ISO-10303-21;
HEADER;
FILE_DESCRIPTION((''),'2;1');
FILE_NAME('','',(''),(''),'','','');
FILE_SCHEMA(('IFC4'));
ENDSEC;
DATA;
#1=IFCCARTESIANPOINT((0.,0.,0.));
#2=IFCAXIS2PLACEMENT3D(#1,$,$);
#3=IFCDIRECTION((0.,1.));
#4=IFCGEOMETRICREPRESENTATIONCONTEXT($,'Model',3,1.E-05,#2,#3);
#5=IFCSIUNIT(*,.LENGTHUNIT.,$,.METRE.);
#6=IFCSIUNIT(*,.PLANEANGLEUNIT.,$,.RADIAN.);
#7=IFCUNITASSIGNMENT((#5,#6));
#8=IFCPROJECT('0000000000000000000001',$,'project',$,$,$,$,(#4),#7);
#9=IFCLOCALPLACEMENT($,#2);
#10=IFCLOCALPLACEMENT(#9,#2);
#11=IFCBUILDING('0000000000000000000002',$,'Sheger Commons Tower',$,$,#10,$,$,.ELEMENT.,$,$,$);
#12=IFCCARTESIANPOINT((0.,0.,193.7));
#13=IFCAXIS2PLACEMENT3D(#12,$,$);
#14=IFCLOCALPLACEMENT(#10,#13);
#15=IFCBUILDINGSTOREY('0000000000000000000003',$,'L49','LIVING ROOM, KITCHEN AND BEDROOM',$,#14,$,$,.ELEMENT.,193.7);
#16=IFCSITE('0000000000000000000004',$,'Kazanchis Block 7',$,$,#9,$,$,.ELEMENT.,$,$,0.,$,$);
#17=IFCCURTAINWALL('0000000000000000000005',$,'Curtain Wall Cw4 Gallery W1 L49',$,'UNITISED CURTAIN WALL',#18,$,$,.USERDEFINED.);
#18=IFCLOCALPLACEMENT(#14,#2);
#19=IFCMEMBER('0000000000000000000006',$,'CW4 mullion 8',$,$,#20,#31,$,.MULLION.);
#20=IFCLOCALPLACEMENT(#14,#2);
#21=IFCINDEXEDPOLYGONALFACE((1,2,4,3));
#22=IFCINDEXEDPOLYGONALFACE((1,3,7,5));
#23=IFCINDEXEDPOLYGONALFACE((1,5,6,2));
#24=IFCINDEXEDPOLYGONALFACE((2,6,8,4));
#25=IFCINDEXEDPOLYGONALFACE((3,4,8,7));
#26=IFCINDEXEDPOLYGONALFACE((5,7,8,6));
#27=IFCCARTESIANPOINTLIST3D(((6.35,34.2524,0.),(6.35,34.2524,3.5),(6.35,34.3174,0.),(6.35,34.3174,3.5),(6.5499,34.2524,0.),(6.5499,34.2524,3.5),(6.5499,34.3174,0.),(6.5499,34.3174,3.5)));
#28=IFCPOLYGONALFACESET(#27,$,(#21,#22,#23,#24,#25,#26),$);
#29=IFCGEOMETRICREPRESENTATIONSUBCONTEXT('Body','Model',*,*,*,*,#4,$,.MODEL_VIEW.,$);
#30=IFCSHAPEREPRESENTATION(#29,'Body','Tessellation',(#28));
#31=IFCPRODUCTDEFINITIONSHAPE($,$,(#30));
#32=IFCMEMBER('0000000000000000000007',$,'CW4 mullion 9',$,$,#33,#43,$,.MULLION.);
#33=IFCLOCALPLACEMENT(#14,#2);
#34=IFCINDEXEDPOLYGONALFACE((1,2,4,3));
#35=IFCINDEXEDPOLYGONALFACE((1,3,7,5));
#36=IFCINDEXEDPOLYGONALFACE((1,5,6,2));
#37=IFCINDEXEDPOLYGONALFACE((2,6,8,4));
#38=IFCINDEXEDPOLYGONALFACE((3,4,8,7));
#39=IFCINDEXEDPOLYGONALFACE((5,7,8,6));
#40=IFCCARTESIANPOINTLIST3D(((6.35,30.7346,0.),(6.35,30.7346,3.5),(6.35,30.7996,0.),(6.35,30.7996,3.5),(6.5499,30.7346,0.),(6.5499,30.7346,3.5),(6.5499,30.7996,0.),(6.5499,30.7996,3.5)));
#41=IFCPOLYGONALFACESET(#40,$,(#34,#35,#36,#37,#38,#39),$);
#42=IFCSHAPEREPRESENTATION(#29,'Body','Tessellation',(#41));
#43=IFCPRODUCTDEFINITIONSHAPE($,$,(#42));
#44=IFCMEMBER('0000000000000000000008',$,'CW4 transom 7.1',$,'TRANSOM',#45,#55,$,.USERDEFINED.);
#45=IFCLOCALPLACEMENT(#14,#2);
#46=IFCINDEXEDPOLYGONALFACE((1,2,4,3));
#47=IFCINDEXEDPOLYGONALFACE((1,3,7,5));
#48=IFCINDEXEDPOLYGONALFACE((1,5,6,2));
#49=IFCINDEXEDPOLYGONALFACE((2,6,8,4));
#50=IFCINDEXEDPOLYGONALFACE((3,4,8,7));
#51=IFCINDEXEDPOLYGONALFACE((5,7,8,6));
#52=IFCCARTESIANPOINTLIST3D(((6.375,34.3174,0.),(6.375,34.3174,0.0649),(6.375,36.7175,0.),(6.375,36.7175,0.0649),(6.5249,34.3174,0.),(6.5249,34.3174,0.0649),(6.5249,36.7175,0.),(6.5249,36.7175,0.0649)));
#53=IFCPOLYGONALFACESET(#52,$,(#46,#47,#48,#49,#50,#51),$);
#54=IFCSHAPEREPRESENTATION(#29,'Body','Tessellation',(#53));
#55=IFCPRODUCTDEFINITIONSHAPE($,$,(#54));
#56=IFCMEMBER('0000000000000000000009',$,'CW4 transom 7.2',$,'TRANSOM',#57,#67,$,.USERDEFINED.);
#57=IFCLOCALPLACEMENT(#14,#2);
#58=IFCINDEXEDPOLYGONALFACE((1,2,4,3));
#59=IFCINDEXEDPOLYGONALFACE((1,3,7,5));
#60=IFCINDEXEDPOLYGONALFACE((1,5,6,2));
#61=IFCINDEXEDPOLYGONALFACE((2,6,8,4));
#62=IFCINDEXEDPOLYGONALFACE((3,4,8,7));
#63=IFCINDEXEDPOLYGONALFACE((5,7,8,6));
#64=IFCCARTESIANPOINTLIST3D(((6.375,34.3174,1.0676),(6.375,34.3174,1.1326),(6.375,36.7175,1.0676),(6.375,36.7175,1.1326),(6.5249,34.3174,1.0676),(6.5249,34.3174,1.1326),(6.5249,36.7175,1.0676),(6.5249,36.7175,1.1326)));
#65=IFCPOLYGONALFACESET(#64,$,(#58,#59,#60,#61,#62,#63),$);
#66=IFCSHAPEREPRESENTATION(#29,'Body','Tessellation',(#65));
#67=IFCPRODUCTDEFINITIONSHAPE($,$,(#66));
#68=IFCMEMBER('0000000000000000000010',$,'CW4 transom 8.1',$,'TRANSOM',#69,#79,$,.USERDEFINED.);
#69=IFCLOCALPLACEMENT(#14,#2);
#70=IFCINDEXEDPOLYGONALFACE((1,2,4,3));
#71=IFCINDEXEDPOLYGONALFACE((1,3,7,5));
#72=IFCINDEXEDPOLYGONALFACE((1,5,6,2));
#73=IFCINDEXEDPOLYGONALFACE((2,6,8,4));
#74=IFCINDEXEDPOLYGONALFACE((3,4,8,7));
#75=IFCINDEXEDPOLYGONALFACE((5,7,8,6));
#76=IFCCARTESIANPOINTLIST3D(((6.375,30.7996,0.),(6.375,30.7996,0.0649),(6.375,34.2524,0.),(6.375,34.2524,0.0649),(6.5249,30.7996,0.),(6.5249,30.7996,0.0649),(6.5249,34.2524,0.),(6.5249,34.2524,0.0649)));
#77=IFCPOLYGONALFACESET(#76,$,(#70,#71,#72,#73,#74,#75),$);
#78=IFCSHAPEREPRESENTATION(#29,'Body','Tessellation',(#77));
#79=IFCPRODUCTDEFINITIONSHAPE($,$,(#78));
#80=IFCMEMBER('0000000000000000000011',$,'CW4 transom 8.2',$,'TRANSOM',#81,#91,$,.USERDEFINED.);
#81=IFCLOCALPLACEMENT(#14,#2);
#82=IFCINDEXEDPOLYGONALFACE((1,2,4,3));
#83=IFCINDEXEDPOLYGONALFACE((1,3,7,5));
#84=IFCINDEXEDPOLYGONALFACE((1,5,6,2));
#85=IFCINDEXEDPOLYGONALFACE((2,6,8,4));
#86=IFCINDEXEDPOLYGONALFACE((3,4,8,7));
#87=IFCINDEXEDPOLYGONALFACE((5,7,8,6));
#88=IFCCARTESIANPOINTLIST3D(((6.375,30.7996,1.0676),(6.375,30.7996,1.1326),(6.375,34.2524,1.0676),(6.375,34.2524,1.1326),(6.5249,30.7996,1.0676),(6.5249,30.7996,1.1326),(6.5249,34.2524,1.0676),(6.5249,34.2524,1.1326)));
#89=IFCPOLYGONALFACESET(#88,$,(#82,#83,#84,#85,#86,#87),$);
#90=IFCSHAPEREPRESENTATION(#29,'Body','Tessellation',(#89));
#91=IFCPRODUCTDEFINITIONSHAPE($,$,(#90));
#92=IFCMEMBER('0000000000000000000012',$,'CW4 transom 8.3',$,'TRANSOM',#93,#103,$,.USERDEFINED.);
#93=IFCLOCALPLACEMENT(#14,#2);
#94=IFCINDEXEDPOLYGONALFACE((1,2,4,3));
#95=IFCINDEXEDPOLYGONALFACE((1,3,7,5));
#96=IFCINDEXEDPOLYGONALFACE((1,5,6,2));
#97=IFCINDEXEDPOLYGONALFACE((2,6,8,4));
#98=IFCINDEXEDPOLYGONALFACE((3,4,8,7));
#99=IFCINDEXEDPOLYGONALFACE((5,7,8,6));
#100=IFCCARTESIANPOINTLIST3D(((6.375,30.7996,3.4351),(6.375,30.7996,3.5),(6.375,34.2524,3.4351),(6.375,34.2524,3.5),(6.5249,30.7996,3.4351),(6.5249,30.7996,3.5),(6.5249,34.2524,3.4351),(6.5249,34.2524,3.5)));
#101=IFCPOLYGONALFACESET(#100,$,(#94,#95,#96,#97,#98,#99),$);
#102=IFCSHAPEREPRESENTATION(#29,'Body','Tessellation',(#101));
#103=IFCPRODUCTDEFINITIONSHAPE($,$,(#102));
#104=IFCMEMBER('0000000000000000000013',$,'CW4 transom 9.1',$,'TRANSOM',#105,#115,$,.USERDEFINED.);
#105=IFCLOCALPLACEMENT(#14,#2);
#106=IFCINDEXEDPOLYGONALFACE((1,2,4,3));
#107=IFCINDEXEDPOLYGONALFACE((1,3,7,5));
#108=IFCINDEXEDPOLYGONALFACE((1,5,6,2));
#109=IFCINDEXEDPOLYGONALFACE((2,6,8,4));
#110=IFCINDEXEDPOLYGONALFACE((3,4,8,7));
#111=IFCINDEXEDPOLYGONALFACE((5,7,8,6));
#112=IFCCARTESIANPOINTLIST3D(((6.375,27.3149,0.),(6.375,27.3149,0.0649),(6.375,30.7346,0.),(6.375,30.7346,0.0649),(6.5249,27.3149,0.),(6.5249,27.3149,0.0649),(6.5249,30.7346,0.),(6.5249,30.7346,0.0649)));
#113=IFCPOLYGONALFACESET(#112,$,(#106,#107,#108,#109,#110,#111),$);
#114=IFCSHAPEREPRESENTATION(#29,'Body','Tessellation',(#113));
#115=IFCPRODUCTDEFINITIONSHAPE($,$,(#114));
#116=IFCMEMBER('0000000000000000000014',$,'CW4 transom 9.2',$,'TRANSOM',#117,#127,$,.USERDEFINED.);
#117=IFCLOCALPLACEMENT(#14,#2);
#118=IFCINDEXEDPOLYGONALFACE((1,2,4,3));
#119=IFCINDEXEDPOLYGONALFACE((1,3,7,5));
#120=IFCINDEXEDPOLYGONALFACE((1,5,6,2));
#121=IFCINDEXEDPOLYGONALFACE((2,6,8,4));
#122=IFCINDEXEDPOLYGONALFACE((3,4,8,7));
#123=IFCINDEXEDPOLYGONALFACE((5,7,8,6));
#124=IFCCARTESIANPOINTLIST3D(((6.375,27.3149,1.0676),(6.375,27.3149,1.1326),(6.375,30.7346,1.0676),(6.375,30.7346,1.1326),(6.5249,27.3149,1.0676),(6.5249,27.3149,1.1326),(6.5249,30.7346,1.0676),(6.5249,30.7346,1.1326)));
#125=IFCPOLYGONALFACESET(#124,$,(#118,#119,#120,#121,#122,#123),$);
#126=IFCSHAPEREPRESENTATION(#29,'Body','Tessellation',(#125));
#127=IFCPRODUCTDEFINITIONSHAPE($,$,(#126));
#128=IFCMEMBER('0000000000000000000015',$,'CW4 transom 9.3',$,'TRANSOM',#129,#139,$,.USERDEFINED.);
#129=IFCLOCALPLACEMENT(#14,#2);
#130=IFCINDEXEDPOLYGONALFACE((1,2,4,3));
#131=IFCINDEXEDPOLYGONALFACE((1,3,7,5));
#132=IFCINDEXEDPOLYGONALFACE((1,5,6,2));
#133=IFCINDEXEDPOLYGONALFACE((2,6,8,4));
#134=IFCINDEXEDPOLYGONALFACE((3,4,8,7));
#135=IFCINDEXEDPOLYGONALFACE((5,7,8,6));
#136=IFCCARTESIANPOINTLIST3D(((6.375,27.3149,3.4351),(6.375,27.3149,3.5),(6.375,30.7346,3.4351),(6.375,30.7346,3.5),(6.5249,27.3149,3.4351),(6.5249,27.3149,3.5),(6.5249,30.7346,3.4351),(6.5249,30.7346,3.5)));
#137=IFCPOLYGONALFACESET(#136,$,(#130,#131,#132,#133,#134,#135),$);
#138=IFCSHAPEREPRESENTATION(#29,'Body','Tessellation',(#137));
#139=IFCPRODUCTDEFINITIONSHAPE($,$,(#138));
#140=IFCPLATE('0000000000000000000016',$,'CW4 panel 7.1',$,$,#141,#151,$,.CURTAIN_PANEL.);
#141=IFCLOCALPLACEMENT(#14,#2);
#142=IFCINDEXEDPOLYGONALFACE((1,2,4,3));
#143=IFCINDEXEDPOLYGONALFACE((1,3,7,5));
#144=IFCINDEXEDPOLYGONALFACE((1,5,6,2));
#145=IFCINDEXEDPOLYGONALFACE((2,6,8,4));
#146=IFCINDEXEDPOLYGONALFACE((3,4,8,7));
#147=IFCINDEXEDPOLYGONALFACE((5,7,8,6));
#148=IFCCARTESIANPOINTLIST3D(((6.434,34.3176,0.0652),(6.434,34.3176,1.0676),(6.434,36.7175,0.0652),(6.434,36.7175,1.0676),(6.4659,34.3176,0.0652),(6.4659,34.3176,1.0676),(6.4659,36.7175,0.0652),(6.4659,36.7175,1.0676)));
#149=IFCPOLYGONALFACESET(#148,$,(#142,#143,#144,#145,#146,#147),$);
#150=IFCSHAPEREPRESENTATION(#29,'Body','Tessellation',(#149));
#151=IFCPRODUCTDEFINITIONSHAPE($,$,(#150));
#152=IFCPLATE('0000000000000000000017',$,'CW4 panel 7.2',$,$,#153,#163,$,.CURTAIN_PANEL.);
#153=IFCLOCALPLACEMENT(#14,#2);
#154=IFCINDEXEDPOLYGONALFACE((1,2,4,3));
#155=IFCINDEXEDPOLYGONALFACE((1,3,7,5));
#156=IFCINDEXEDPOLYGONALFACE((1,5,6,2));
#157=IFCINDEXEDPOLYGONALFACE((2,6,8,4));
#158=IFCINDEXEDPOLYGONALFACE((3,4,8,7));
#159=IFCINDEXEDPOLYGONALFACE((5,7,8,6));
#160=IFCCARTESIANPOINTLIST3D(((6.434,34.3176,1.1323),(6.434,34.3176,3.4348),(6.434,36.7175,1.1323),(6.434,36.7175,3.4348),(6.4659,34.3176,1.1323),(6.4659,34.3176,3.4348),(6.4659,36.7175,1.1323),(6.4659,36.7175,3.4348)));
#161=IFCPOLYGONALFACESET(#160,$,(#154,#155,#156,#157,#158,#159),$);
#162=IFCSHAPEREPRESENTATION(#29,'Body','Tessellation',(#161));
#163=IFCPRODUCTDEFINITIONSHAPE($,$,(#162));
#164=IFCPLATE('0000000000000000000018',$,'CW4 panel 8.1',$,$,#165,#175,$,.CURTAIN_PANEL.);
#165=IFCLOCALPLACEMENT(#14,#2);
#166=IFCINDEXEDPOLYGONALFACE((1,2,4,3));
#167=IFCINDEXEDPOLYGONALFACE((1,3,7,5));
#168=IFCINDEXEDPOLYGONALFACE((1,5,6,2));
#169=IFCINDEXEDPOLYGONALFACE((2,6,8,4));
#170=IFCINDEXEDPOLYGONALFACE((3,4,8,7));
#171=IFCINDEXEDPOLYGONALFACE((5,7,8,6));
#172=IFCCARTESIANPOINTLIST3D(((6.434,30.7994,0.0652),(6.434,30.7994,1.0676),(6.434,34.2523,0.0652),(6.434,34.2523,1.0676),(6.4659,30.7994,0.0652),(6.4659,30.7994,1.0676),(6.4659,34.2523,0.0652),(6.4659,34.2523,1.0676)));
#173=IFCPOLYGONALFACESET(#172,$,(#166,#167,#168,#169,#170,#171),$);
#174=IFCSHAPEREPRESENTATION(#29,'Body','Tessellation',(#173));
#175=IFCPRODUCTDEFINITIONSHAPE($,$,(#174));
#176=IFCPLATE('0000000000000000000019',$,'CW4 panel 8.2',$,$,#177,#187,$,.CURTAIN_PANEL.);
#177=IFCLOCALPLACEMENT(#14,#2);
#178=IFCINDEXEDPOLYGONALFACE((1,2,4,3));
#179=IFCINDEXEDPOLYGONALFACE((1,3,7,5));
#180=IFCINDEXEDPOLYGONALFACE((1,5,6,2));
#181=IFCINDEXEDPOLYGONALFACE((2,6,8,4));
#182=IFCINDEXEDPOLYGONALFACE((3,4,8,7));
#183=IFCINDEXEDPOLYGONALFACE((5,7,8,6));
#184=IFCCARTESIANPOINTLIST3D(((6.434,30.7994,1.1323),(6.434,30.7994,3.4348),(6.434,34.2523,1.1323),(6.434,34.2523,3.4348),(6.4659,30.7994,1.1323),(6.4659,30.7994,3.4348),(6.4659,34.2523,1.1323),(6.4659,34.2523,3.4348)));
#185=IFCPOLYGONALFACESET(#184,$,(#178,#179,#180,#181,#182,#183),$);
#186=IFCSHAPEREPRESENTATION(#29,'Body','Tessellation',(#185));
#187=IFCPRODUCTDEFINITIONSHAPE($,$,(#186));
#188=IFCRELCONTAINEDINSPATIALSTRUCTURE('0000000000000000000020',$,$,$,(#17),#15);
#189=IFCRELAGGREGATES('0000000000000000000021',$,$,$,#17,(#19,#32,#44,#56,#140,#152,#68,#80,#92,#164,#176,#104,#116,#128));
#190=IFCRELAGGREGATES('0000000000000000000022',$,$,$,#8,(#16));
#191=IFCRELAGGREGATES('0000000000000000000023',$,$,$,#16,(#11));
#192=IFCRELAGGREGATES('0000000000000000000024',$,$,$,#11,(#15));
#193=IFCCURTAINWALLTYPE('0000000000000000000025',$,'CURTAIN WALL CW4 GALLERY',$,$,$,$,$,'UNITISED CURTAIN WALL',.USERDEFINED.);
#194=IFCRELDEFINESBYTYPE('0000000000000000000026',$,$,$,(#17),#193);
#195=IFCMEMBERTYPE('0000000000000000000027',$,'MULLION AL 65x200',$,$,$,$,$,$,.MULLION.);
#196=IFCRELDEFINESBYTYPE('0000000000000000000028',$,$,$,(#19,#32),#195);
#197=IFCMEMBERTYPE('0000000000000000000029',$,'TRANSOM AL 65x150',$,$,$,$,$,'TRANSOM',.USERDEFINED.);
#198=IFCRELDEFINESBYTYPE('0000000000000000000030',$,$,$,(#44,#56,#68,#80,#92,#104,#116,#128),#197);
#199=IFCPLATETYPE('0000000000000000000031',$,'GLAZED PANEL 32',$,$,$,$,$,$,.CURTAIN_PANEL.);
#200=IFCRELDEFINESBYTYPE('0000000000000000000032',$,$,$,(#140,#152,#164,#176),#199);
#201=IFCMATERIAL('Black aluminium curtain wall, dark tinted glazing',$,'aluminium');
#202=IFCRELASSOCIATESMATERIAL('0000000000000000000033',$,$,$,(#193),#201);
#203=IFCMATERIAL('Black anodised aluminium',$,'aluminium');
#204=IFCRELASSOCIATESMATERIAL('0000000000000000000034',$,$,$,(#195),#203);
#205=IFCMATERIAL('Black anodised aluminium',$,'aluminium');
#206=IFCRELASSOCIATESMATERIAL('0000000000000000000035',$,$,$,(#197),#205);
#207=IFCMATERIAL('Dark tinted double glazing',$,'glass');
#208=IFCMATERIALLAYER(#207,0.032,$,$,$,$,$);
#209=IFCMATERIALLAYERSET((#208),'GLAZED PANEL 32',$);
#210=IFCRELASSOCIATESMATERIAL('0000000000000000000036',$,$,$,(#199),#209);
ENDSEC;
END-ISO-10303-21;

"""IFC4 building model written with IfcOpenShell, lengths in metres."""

from ifc_helpers import new_model, si_unit, direction, frame, origin, origin_2d, place, context, subcontext, project, spatial, rectangle, extrude, material, layer, layer_set, material_profile, profile_set, type_object, element, aggregate, save


model = new_model("IFC4")

# Units and contexts
model_context = context("Model", 3, precision=1e-05, world=origin(), true_north=direction((0.0, 1.0)))
body_context = subcontext(model_context, "Body", "Model", "MODEL_VIEW")
ifc_project = project(units=[si_unit("LENGTHUNIT", "METRE"), si_unit("PLANEANGLEUNIT", "RADIAN")], contexts=[model_context])

# Site, building, storey
site_placement = place(None, origin())
site = spatial("IfcSite", under=ifc_project, at=site_placement, Name="Kazanchis Block 7", CompositionType="ELEMENT", RefElevation=0.0)
building_placement = place(site_placement, origin())
building = spatial("IfcBuilding", under=site, at=building_placement, Name="Sheger Commons Tower", CompositionType="ELEMENT")
storey_placement = place(building_placement, frame((0.0, 0.0, 193.7)))
storey = spatial("IfcBuildingStorey", under=building, at=storey_placement, Name="L49", Description="LIVING ROOM, KITCHEN AND BEDROOM", CompositionType="ELEMENT", Elevation=193.7)

# Curtain wall, members, plates
ifc_material_1 = material(Name="Black aluminium curtain wall, dark tinted glazing", Category="aluminium")
curtain_wall_type = type_object("IfcCurtainWallType", Name="CURTAIN WALL CW4 GALLERY", ElementType="UNITISED CURTAIN WALL", PredefinedType="USERDEFINED", material=ifc_material_1)
curtain_wall_placement = place(storey_placement, origin())
curtain_wall = element("IfcCurtainWall", 1, at=curtain_wall_placement, inside=storey, type_object=curtain_wall_type, Name="Curtain Wall Cw4 Gallery W1 L49", ObjectType="UNITISED CURTAIN WALL", PredefinedType="USERDEFINED")
ifc_material_2 = material(Name="Black anodised aluminium", Category="aluminium")
ifc_material_profile_1 = material_profile(ifc_material_2, rectangle(XDim=0.2, YDim=0.0649, at=origin_2d()), Name="AL 65x200")
ifc_profile_set_1 = profile_set([ifc_material_profile_1], Name="Black anodised aluminium")
member_type_1 = type_object("IfcMemberType", Name="MULLION AL 65x200", PredefinedType="MULLION", material=ifc_profile_set_1)
member_1_placement = place(storey_placement, frame((6.45, 34.2849, 0.0), z_axis=(0.0, 0.0, 1.0), x_axis=(1.0, 0.0, 0.0)))
member_1 = element("IfcMember", 2, at=member_1_placement, type_object=member_type_1, Name="CW4 mullion 8", PredefinedType="MULLION", context=body_context, shape_type="SweptSolid", body=[
    extrude(rectangle(XDim=0.2, YDim=0.0649, at=origin_2d()), origin(), (0.0, 0.0, 1.0), 3.5),
])
member_2_placement = place(storey_placement, frame((6.45, 30.7671, 0.0), z_axis=(0.0, 0.0, 1.0), x_axis=(1.0, 0.0, 0.0)))
member_2 = element("IfcMember", 3, at=member_2_placement, type_object=member_type_1, Name="CW4 mullion 9", PredefinedType="MULLION", context=body_context, shape_type="SweptSolid", body=[
    extrude(rectangle(XDim=0.2, YDim=0.0649, at=origin_2d()), origin(), (0.0, 0.0, 1.0), 3.5),
])
ifc_material_3 = material(Name="Black anodised aluminium", Category="aluminium")
ifc_material_profile_2 = material_profile(ifc_material_3, rectangle(XDim=0.1499, YDim=0.0649, at=origin_2d()), Name="AL 65x150")
ifc_profile_set_2 = profile_set([ifc_material_profile_2], Name="Black anodised aluminium")
member_type_2 = type_object("IfcMemberType", Name="TRANSOM AL 65x150", ElementType="TRANSOM", PredefinedType="USERDEFINED", material=ifc_profile_set_2)
member_3_placement = place(storey_placement, frame((6.45, 36.7175, 0.0325), z_axis=(0.0, -1.0, 0.0), x_axis=(1.0, 0.0, 0.0)))
member_3 = element("IfcMember", 4, at=member_3_placement, type_object=member_type_2, Name="CW4 transom 7.1", ObjectType="TRANSOM", PredefinedType="USERDEFINED", context=body_context, shape_type="SweptSolid", body=[
    extrude(rectangle(XDim=0.1499, YDim=0.0649, at=origin_2d()), origin(), (0.0, 0.0, 1.0), 2.4001),
])
member_4_placement = place(storey_placement, frame((6.45, 36.7175, 1.1001), z_axis=(0.0, -1.0, 0.0), x_axis=(1.0, 0.0, 0.0)))
member_4 = element("IfcMember", 5, at=member_4_placement, type_object=member_type_2, Name="CW4 transom 7.2", ObjectType="TRANSOM", PredefinedType="USERDEFINED", context=body_context, shape_type="SweptSolid", body=[
    extrude(rectangle(XDim=0.1499, YDim=0.0649, at=origin_2d()), origin(), (0.0, 0.0, 1.0), 2.4001),
])
member_5_placement = place(storey_placement, frame((6.45, 34.2524, 0.0325), z_axis=(0.0, -1.0, 0.0), x_axis=(1.0, 0.0, 0.0)))
member_5 = element("IfcMember", 6, at=member_5_placement, type_object=member_type_2, Name="CW4 transom 8.1", ObjectType="TRANSOM", PredefinedType="USERDEFINED", context=body_context, shape_type="SweptSolid", body=[
    extrude(rectangle(XDim=0.1499, YDim=0.0649, at=origin_2d()), origin(), (0.0, 0.0, 1.0), 3.4529),
])
member_6_placement = place(storey_placement, frame((6.45, 34.2524, 1.1001), z_axis=(0.0, -1.0, 0.0), x_axis=(1.0, 0.0, 0.0)))
member_6 = element("IfcMember", 7, at=member_6_placement, type_object=member_type_2, Name="CW4 transom 8.2", ObjectType="TRANSOM", PredefinedType="USERDEFINED", context=body_context, shape_type="SweptSolid", body=[
    extrude(rectangle(XDim=0.1499, YDim=0.0649, at=origin_2d()), origin(), (0.0, 0.0, 1.0), 3.4529),
])
member_7_placement = place(storey_placement, frame((6.45, 34.2524, 3.4675), z_axis=(0.0, -1.0, 0.0), x_axis=(1.0, 0.0, 0.0)))
member_7 = element("IfcMember", 8, at=member_7_placement, type_object=member_type_2, Name="CW4 transom 8.3", ObjectType="TRANSOM", PredefinedType="USERDEFINED", context=body_context, shape_type="SweptSolid", body=[
    extrude(rectangle(XDim=0.1499, YDim=0.0649, at=origin_2d()), origin(), (0.0, 0.0, 1.0), 3.4529),
])
member_8_placement = place(storey_placement, frame((6.45, 30.7346, 0.0325), z_axis=(0.0, -1.0, 0.0), x_axis=(1.0, 0.0, 0.0)))
member_8 = element("IfcMember", 9, at=member_8_placement, type_object=member_type_2, Name="CW4 transom 9.1", ObjectType="TRANSOM", PredefinedType="USERDEFINED", context=body_context, shape_type="SweptSolid", body=[
    extrude(rectangle(XDim=0.1499, YDim=0.0649, at=origin_2d()), origin(), (0.0, 0.0, 1.0), 3.4197),
])
member_9_placement = place(storey_placement, frame((6.45, 30.7346, 1.1001), z_axis=(0.0, -1.0, 0.0), x_axis=(1.0, 0.0, 0.0)))
member_9 = element("IfcMember", 10, at=member_9_placement, type_object=member_type_2, Name="CW4 transom 9.2", ObjectType="TRANSOM", PredefinedType="USERDEFINED", context=body_context, shape_type="SweptSolid", body=[
    extrude(rectangle(XDim=0.1499, YDim=0.0649, at=origin_2d()), origin(), (0.0, 0.0, 1.0), 3.4197),
])
member_10_placement = place(storey_placement, frame((6.45, 30.7346, 3.4675), z_axis=(0.0, -1.0, 0.0), x_axis=(1.0, 0.0, 0.0)))
member_10 = element("IfcMember", 11, at=member_10_placement, type_object=member_type_2, Name="CW4 transom 9.3", ObjectType="TRANSOM", PredefinedType="USERDEFINED", context=body_context, shape_type="SweptSolid", body=[
    extrude(rectangle(XDim=0.1499, YDim=0.0649, at=origin_2d()), origin(), (0.0, 0.0, 1.0), 3.4197),
])
ifc_material_4 = material(Name="Dark tinted double glazing", Category="glass")
ifc_layer = layer(ifc_material_4, 0.032)
ifc_layer_set = layer_set([ifc_layer], Name="GLAZED PANEL 32")
plate_type = type_object("IfcPlateType", Name="GLAZED PANEL 32", PredefinedType="CURTAIN_PANEL", material=ifc_layer_set)
plate_1_placement = place(storey_placement, frame((6.45, 35.5176, 0.0652), z_axis=(0.0, 0.0, 1.0), x_axis=(0.0, -1.0, 0.0)))
plate_1 = element("IfcPlate", 12, at=plate_1_placement, type_object=plate_type, Name="CW4 panel 7.1", PredefinedType="CURTAIN_PANEL", context=body_context, shape_type="SweptSolid", body=[
    extrude(rectangle(XDim=2.3999, YDim=0.032, at=origin_2d()), origin(), (0.0, 0.0, 1.0), 1.0024),
])
plate_2_placement = place(storey_placement, frame((6.45, 35.5176, 1.1323), z_axis=(0.0, 0.0, 1.0), x_axis=(0.0, -1.0, 0.0)))
plate_2 = element("IfcPlate", 13, at=plate_2_placement, type_object=plate_type, Name="CW4 panel 7.2", PredefinedType="CURTAIN_PANEL", context=body_context, shape_type="SweptSolid", body=[
    extrude(rectangle(XDim=2.3999, YDim=0.032, at=origin_2d()), origin(), (0.0, 0.0, 1.0), 2.3025),
])
plate_3_placement = place(storey_placement, frame((6.45, 32.5259, 0.0652), z_axis=(0.0, 0.0, 1.0), x_axis=(0.0, -1.0, 0.0)))
plate_3 = element("IfcPlate", 14, at=plate_3_placement, type_object=plate_type, Name="CW4 panel 8.1", PredefinedType="CURTAIN_PANEL", context=body_context, shape_type="SweptSolid", body=[
    extrude(rectangle(XDim=3.4529, YDim=0.032, at=origin_2d()), origin(), (0.0, 0.0, 1.0), 1.0024),
])
plate_4_placement = place(storey_placement, frame((6.45, 32.5259, 1.1323), z_axis=(0.0, 0.0, 1.0), x_axis=(0.0, -1.0, 0.0)))
plate_4 = element("IfcPlate", 15, at=plate_4_placement, type_object=plate_type, Name="CW4 panel 8.2", PredefinedType="CURTAIN_PANEL", context=body_context, shape_type="SweptSolid", body=[
    extrude(rectangle(XDim=3.4529, YDim=0.032, at=origin_2d()), origin(), (0.0, 0.0, 1.0), 2.3025),
])
aggregate(curtain_wall, [member_1, member_2, member_3, member_4, plate_1, plate_2, member_5, member_6, member_7, plate_3, plate_4, member_8, member_9, member_10])

save(model, "model.ifc")
